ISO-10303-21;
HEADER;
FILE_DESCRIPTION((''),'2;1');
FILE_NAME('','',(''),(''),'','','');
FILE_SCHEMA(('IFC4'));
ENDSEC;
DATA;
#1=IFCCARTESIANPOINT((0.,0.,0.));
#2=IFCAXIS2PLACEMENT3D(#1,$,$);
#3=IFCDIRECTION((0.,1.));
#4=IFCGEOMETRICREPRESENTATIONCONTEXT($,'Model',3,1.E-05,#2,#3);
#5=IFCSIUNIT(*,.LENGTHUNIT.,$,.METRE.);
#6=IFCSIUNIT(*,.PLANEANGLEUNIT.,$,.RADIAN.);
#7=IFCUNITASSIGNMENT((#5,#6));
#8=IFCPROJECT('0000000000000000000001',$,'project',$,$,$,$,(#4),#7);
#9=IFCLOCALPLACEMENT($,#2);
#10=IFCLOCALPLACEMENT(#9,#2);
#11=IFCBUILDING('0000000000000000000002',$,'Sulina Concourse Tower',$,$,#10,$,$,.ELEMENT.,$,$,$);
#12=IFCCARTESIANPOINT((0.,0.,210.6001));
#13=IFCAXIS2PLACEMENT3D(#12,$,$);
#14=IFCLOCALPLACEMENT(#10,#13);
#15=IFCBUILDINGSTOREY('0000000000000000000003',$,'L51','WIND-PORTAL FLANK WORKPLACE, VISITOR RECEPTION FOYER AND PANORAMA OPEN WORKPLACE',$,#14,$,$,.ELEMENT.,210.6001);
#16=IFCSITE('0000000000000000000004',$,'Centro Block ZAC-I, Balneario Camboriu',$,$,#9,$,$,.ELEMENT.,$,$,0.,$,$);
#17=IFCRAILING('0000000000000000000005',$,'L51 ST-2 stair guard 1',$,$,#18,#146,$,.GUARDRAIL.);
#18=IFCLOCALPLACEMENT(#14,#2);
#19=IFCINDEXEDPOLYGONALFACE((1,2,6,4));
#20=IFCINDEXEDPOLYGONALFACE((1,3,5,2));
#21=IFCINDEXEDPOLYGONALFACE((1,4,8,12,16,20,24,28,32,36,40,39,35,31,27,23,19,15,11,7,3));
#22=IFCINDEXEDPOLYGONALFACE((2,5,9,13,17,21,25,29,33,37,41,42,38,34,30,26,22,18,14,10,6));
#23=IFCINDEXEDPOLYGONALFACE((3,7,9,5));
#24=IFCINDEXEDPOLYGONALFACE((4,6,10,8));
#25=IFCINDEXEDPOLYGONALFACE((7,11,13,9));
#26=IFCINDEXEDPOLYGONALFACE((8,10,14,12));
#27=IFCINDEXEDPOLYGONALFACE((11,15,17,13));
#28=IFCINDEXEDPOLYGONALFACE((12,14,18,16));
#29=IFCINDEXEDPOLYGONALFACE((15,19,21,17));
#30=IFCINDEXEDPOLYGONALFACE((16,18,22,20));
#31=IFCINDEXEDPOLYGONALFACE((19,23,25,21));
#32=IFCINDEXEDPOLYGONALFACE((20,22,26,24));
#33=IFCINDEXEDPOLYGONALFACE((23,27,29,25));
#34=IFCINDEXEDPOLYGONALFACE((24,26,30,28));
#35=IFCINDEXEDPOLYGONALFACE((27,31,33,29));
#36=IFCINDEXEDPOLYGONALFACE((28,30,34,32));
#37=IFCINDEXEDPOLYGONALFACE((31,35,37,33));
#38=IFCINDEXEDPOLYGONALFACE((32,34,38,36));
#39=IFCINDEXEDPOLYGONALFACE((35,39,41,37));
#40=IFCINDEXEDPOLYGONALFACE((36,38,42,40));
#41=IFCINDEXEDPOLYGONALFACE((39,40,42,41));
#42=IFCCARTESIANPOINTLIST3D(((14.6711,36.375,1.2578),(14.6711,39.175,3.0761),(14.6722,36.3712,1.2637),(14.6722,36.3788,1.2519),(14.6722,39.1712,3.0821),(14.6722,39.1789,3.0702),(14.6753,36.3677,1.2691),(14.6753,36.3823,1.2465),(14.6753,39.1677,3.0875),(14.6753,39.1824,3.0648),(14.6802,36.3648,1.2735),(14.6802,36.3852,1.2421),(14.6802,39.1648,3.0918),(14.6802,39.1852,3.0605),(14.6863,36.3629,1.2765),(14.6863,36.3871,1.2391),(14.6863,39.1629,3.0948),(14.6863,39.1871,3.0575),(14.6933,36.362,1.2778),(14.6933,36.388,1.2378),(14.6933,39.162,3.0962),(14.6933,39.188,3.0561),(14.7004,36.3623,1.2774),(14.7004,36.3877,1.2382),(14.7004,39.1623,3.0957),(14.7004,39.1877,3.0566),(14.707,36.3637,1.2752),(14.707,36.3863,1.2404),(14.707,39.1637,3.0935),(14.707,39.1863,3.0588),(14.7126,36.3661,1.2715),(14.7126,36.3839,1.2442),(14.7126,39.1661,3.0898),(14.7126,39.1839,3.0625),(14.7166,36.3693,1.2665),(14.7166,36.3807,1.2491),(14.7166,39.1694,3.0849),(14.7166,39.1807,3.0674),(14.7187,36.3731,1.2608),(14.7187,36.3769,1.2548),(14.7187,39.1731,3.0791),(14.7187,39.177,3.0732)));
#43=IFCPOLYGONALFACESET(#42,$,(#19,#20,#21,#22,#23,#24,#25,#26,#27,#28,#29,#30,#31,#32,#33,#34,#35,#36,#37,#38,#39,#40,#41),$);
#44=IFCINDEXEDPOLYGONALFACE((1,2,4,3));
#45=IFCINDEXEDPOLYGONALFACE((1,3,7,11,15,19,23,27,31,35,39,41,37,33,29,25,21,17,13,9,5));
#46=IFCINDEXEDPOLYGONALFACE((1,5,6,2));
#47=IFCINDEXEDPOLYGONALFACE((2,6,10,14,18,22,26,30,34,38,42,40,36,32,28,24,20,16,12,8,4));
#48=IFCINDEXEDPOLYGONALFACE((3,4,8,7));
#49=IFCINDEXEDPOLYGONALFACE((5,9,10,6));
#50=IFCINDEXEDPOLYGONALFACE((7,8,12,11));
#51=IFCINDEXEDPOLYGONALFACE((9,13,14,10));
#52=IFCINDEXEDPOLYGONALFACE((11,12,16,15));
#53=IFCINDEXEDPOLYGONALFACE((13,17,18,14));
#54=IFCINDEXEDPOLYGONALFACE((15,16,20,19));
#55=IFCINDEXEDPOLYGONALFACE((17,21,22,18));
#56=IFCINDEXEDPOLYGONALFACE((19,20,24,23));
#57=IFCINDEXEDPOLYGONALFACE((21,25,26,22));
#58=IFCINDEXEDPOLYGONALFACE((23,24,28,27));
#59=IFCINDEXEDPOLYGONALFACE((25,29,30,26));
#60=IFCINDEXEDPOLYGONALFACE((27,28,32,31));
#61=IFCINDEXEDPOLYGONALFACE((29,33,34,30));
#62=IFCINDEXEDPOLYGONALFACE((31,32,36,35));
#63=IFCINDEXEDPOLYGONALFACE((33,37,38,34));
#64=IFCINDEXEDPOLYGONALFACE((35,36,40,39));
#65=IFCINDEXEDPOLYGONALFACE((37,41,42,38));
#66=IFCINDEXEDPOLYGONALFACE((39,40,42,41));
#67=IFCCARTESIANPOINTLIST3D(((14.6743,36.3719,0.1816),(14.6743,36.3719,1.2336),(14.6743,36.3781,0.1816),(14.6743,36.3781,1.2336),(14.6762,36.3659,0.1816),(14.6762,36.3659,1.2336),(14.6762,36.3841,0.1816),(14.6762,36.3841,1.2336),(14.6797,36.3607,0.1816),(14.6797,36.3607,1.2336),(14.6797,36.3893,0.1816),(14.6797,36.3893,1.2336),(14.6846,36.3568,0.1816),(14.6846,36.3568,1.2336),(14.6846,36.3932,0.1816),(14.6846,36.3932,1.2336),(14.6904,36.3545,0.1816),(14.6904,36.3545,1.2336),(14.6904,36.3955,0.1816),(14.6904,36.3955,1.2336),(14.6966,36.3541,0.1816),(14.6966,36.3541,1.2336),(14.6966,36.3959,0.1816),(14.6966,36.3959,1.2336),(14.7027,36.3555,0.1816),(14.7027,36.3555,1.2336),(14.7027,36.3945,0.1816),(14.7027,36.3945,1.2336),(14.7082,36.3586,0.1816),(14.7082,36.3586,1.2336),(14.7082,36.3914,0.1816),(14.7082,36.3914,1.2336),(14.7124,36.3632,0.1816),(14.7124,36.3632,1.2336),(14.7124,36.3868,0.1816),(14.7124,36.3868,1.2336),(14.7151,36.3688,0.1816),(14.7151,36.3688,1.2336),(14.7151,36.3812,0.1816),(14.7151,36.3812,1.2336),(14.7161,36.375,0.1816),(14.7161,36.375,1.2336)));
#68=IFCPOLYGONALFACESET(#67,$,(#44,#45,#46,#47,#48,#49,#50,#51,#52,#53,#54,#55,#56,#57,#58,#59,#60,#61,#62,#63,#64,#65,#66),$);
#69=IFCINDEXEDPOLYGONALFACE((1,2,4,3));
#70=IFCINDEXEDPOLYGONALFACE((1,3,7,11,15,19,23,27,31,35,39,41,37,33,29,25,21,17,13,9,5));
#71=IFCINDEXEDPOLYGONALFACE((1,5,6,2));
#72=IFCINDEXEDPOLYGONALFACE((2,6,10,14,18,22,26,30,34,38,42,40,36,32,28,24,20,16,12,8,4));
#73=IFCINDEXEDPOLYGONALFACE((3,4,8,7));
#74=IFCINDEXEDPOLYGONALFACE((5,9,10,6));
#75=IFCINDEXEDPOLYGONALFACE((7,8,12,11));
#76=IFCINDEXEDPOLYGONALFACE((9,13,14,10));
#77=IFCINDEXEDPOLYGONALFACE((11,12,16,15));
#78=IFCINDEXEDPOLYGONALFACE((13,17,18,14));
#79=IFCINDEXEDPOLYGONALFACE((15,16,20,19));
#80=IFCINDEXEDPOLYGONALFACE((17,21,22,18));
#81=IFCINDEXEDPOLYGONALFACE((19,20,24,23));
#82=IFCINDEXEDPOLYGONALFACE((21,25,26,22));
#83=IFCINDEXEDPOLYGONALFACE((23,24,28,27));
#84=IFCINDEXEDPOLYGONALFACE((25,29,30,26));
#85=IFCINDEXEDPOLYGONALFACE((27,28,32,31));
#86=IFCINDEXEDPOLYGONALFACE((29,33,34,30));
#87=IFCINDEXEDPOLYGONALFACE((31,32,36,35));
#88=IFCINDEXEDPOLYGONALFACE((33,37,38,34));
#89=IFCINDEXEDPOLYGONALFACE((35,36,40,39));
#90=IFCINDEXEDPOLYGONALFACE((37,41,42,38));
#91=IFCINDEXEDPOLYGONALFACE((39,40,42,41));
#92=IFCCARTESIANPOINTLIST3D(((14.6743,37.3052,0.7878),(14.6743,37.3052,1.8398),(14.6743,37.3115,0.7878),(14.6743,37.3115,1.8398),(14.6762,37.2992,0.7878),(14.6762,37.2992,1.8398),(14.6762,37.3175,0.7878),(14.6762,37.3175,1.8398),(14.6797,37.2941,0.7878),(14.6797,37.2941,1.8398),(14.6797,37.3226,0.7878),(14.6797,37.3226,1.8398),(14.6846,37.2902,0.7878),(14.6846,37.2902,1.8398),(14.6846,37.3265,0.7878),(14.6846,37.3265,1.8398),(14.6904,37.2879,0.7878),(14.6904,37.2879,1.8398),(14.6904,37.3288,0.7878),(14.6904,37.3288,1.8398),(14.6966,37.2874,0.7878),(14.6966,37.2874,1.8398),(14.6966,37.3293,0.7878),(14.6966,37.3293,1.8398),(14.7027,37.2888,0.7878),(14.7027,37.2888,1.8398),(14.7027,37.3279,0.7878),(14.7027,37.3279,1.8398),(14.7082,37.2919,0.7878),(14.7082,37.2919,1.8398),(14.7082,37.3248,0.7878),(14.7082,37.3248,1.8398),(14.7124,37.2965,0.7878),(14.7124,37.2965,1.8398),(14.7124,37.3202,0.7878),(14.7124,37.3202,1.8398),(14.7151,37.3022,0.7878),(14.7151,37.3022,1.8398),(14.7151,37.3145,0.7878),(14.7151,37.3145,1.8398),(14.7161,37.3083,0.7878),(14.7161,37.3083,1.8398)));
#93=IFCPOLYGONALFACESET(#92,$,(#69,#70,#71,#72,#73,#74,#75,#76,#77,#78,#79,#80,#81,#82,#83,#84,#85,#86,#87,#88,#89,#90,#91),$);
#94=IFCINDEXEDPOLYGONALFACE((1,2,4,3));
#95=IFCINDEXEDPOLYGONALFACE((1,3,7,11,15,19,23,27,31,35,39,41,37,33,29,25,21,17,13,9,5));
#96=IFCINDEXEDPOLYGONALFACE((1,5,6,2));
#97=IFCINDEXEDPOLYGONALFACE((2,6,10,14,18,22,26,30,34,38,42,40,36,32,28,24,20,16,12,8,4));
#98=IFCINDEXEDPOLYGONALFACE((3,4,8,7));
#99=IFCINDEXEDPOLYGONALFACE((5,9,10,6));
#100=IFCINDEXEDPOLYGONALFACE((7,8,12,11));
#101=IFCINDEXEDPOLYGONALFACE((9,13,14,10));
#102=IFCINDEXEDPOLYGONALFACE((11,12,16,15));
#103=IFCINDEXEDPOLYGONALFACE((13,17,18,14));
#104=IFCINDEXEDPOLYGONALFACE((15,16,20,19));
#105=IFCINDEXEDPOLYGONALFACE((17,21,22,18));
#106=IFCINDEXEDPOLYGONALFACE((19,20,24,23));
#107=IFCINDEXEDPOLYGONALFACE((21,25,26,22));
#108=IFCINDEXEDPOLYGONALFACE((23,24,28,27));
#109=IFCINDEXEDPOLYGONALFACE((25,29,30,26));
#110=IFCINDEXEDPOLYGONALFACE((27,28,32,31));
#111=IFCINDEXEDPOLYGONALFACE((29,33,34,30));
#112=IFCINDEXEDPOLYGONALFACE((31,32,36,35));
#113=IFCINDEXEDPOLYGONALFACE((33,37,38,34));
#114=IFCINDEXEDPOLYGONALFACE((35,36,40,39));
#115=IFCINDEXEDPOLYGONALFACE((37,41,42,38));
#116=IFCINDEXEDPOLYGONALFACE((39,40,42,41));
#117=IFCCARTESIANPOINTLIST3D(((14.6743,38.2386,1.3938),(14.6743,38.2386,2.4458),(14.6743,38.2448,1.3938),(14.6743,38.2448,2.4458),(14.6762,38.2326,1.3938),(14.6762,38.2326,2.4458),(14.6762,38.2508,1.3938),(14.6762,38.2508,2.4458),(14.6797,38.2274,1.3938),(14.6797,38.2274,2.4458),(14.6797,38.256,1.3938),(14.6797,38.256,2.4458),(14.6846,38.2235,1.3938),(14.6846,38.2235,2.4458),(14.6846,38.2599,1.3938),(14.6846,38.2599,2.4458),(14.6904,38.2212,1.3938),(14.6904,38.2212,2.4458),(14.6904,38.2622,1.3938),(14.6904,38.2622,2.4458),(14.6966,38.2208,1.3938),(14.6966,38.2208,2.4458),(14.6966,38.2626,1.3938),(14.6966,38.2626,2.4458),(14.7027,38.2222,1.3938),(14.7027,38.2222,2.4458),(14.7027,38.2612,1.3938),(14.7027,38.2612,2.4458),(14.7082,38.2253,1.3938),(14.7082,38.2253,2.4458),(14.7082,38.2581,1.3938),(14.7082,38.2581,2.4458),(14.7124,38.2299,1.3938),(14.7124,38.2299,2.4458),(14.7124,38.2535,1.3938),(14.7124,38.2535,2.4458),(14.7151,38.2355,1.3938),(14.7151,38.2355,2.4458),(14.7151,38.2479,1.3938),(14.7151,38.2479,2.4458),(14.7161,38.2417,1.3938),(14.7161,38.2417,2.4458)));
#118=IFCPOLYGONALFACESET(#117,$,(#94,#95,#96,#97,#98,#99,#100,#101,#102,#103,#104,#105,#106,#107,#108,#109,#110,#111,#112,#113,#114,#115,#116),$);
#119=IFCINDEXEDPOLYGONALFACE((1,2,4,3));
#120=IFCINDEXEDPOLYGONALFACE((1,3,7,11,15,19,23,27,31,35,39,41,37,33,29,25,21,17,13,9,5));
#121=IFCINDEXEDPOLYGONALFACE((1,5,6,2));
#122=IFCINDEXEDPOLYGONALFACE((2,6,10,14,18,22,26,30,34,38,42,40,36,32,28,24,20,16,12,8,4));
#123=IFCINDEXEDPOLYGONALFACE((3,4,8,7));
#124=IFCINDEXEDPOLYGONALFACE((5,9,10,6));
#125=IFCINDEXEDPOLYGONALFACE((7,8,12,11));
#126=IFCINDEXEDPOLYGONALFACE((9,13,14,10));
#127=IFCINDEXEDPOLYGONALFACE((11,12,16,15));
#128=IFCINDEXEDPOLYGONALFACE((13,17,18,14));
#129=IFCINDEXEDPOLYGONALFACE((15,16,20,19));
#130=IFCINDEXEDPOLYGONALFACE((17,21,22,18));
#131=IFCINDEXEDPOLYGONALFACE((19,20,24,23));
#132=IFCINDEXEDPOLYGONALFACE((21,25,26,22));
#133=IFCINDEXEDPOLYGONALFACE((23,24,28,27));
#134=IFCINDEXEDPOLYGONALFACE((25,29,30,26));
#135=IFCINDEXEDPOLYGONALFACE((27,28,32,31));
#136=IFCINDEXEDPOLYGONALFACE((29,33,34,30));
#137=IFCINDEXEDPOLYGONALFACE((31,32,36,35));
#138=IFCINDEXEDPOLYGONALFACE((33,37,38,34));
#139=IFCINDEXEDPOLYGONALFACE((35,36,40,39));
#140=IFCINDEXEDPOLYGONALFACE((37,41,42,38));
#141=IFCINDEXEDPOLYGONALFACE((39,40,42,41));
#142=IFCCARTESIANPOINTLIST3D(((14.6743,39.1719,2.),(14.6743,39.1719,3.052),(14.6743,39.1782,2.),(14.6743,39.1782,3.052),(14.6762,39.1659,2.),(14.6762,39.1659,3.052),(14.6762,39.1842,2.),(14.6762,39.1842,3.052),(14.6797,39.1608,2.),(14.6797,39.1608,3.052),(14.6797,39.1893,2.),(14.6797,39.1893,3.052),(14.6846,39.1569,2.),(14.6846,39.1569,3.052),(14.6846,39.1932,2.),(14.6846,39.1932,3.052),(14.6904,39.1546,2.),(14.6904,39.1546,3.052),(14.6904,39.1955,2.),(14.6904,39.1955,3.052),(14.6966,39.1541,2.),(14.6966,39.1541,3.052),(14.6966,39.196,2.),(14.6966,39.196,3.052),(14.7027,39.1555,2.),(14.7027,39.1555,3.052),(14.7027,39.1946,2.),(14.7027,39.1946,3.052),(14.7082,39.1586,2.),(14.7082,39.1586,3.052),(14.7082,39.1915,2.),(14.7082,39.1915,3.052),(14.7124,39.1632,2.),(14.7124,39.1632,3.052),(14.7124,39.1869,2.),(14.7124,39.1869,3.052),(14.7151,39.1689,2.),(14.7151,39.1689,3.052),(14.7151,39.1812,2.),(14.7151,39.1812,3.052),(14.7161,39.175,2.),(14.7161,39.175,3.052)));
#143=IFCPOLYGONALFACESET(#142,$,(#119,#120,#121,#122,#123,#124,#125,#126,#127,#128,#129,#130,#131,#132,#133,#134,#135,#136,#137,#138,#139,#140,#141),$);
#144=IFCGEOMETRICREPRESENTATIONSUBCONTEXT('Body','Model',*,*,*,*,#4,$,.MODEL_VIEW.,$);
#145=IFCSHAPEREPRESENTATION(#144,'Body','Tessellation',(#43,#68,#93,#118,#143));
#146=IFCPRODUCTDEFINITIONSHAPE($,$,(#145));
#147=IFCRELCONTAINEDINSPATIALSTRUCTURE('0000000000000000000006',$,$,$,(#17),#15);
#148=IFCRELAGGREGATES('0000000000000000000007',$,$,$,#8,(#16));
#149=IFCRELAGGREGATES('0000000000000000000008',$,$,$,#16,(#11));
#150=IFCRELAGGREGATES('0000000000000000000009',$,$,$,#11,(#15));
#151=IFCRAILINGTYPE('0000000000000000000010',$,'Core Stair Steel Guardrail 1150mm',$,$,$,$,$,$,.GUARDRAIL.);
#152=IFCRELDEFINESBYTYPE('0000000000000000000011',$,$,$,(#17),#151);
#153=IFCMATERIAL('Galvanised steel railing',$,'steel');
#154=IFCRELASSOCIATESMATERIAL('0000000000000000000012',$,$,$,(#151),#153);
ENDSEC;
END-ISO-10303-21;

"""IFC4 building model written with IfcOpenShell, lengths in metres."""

from ifc_helpers import new_model, si_unit, direction, frame, origin, origin_2d, place, context, subcontext, project, spatial, circle, extrude, material, type_object, element, save


model = new_model("IFC4")

# Units and contexts
model_context = context("Model", 3, precision=1e-05, world=origin(), true_north=direction((0.0, 1.0)))
body_context = subcontext(model_context, "Body", "Model", "MODEL_VIEW")
ifc_project = project(units=[si_unit("LENGTHUNIT", "METRE"), si_unit("PLANEANGLEUNIT", "RADIAN")], contexts=[model_context])

# Site, building, storey
site_placement = place(None, origin())
site = spatial("IfcSite", under=ifc_project, at=site_placement, Name="Centro Block ZAC-I, Balneario Camboriu", CompositionType="ELEMENT", RefElevation=0.0)
building_placement = place(site_placement, origin())
building = spatial("IfcBuilding", under=site, at=building_placement, Name="Sulina Concourse Tower", CompositionType="ELEMENT")
storey_placement = place(building_placement, frame((0.0, 0.0, 210.6001)))
storey = spatial("IfcBuildingStorey", under=building, at=storey_placement, Name="L51", Description="WIND-PORTAL FLANK WORKPLACE, VISITOR RECEPTION FOYER AND PANORAMA OPEN WORKPLACE", CompositionType="ELEMENT", Elevation=210.6001)

# Railing
ifc_material_1 = material(Name="Galvanised steel railing", Category="steel")
railing_type_1 = type_object("IfcRailingType", Name="Core Stair Steel Guardrail 1150mm", PredefinedType="GUARDRAIL", material=ifc_material_1)
railing_1_placement = place(storey_placement, frame((14.6951, 36.375, 0.1816)))
element("IfcRailing", 1, at=railing_1_placement, inside=storey, type_object=railing_type_1, Name="L51 ST-2 stair guard 1", PredefinedType="GUARDRAIL", context=body_context, shape_type="SweptSolid", body=[
    extrude(circle(Radius=0.0239, at=origin_2d()), frame((0.0, 0.0, 1.0762), z_axis=(0.0, 0.838672, 0.544636), x_axis=(-1.0, 0.0, 0.0)), (0.0, 0.0, 1.0), 3.3386),
    extrude(circle(Radius=0.021, at=origin_2d()), origin(), (0.0, 0.0, 1.0), 1.052),
    extrude(circle(Radius=0.021, at=origin_2d()), frame((0.0, 0.9333, 0.6062)), (0.0, 0.0, 1.0), 1.052),
    extrude(circle(Radius=0.021, at=origin_2d()), frame((0.0, 1.8667, 1.2122)), (0.0, 0.0, 1.0), 1.052),
    extrude(circle(Radius=0.021, at=origin_2d()), frame((0.0, 2.8, 1.8184)), (0.0, 0.0, 1.0), 1.052),
])

save(model, "model.ifc")
